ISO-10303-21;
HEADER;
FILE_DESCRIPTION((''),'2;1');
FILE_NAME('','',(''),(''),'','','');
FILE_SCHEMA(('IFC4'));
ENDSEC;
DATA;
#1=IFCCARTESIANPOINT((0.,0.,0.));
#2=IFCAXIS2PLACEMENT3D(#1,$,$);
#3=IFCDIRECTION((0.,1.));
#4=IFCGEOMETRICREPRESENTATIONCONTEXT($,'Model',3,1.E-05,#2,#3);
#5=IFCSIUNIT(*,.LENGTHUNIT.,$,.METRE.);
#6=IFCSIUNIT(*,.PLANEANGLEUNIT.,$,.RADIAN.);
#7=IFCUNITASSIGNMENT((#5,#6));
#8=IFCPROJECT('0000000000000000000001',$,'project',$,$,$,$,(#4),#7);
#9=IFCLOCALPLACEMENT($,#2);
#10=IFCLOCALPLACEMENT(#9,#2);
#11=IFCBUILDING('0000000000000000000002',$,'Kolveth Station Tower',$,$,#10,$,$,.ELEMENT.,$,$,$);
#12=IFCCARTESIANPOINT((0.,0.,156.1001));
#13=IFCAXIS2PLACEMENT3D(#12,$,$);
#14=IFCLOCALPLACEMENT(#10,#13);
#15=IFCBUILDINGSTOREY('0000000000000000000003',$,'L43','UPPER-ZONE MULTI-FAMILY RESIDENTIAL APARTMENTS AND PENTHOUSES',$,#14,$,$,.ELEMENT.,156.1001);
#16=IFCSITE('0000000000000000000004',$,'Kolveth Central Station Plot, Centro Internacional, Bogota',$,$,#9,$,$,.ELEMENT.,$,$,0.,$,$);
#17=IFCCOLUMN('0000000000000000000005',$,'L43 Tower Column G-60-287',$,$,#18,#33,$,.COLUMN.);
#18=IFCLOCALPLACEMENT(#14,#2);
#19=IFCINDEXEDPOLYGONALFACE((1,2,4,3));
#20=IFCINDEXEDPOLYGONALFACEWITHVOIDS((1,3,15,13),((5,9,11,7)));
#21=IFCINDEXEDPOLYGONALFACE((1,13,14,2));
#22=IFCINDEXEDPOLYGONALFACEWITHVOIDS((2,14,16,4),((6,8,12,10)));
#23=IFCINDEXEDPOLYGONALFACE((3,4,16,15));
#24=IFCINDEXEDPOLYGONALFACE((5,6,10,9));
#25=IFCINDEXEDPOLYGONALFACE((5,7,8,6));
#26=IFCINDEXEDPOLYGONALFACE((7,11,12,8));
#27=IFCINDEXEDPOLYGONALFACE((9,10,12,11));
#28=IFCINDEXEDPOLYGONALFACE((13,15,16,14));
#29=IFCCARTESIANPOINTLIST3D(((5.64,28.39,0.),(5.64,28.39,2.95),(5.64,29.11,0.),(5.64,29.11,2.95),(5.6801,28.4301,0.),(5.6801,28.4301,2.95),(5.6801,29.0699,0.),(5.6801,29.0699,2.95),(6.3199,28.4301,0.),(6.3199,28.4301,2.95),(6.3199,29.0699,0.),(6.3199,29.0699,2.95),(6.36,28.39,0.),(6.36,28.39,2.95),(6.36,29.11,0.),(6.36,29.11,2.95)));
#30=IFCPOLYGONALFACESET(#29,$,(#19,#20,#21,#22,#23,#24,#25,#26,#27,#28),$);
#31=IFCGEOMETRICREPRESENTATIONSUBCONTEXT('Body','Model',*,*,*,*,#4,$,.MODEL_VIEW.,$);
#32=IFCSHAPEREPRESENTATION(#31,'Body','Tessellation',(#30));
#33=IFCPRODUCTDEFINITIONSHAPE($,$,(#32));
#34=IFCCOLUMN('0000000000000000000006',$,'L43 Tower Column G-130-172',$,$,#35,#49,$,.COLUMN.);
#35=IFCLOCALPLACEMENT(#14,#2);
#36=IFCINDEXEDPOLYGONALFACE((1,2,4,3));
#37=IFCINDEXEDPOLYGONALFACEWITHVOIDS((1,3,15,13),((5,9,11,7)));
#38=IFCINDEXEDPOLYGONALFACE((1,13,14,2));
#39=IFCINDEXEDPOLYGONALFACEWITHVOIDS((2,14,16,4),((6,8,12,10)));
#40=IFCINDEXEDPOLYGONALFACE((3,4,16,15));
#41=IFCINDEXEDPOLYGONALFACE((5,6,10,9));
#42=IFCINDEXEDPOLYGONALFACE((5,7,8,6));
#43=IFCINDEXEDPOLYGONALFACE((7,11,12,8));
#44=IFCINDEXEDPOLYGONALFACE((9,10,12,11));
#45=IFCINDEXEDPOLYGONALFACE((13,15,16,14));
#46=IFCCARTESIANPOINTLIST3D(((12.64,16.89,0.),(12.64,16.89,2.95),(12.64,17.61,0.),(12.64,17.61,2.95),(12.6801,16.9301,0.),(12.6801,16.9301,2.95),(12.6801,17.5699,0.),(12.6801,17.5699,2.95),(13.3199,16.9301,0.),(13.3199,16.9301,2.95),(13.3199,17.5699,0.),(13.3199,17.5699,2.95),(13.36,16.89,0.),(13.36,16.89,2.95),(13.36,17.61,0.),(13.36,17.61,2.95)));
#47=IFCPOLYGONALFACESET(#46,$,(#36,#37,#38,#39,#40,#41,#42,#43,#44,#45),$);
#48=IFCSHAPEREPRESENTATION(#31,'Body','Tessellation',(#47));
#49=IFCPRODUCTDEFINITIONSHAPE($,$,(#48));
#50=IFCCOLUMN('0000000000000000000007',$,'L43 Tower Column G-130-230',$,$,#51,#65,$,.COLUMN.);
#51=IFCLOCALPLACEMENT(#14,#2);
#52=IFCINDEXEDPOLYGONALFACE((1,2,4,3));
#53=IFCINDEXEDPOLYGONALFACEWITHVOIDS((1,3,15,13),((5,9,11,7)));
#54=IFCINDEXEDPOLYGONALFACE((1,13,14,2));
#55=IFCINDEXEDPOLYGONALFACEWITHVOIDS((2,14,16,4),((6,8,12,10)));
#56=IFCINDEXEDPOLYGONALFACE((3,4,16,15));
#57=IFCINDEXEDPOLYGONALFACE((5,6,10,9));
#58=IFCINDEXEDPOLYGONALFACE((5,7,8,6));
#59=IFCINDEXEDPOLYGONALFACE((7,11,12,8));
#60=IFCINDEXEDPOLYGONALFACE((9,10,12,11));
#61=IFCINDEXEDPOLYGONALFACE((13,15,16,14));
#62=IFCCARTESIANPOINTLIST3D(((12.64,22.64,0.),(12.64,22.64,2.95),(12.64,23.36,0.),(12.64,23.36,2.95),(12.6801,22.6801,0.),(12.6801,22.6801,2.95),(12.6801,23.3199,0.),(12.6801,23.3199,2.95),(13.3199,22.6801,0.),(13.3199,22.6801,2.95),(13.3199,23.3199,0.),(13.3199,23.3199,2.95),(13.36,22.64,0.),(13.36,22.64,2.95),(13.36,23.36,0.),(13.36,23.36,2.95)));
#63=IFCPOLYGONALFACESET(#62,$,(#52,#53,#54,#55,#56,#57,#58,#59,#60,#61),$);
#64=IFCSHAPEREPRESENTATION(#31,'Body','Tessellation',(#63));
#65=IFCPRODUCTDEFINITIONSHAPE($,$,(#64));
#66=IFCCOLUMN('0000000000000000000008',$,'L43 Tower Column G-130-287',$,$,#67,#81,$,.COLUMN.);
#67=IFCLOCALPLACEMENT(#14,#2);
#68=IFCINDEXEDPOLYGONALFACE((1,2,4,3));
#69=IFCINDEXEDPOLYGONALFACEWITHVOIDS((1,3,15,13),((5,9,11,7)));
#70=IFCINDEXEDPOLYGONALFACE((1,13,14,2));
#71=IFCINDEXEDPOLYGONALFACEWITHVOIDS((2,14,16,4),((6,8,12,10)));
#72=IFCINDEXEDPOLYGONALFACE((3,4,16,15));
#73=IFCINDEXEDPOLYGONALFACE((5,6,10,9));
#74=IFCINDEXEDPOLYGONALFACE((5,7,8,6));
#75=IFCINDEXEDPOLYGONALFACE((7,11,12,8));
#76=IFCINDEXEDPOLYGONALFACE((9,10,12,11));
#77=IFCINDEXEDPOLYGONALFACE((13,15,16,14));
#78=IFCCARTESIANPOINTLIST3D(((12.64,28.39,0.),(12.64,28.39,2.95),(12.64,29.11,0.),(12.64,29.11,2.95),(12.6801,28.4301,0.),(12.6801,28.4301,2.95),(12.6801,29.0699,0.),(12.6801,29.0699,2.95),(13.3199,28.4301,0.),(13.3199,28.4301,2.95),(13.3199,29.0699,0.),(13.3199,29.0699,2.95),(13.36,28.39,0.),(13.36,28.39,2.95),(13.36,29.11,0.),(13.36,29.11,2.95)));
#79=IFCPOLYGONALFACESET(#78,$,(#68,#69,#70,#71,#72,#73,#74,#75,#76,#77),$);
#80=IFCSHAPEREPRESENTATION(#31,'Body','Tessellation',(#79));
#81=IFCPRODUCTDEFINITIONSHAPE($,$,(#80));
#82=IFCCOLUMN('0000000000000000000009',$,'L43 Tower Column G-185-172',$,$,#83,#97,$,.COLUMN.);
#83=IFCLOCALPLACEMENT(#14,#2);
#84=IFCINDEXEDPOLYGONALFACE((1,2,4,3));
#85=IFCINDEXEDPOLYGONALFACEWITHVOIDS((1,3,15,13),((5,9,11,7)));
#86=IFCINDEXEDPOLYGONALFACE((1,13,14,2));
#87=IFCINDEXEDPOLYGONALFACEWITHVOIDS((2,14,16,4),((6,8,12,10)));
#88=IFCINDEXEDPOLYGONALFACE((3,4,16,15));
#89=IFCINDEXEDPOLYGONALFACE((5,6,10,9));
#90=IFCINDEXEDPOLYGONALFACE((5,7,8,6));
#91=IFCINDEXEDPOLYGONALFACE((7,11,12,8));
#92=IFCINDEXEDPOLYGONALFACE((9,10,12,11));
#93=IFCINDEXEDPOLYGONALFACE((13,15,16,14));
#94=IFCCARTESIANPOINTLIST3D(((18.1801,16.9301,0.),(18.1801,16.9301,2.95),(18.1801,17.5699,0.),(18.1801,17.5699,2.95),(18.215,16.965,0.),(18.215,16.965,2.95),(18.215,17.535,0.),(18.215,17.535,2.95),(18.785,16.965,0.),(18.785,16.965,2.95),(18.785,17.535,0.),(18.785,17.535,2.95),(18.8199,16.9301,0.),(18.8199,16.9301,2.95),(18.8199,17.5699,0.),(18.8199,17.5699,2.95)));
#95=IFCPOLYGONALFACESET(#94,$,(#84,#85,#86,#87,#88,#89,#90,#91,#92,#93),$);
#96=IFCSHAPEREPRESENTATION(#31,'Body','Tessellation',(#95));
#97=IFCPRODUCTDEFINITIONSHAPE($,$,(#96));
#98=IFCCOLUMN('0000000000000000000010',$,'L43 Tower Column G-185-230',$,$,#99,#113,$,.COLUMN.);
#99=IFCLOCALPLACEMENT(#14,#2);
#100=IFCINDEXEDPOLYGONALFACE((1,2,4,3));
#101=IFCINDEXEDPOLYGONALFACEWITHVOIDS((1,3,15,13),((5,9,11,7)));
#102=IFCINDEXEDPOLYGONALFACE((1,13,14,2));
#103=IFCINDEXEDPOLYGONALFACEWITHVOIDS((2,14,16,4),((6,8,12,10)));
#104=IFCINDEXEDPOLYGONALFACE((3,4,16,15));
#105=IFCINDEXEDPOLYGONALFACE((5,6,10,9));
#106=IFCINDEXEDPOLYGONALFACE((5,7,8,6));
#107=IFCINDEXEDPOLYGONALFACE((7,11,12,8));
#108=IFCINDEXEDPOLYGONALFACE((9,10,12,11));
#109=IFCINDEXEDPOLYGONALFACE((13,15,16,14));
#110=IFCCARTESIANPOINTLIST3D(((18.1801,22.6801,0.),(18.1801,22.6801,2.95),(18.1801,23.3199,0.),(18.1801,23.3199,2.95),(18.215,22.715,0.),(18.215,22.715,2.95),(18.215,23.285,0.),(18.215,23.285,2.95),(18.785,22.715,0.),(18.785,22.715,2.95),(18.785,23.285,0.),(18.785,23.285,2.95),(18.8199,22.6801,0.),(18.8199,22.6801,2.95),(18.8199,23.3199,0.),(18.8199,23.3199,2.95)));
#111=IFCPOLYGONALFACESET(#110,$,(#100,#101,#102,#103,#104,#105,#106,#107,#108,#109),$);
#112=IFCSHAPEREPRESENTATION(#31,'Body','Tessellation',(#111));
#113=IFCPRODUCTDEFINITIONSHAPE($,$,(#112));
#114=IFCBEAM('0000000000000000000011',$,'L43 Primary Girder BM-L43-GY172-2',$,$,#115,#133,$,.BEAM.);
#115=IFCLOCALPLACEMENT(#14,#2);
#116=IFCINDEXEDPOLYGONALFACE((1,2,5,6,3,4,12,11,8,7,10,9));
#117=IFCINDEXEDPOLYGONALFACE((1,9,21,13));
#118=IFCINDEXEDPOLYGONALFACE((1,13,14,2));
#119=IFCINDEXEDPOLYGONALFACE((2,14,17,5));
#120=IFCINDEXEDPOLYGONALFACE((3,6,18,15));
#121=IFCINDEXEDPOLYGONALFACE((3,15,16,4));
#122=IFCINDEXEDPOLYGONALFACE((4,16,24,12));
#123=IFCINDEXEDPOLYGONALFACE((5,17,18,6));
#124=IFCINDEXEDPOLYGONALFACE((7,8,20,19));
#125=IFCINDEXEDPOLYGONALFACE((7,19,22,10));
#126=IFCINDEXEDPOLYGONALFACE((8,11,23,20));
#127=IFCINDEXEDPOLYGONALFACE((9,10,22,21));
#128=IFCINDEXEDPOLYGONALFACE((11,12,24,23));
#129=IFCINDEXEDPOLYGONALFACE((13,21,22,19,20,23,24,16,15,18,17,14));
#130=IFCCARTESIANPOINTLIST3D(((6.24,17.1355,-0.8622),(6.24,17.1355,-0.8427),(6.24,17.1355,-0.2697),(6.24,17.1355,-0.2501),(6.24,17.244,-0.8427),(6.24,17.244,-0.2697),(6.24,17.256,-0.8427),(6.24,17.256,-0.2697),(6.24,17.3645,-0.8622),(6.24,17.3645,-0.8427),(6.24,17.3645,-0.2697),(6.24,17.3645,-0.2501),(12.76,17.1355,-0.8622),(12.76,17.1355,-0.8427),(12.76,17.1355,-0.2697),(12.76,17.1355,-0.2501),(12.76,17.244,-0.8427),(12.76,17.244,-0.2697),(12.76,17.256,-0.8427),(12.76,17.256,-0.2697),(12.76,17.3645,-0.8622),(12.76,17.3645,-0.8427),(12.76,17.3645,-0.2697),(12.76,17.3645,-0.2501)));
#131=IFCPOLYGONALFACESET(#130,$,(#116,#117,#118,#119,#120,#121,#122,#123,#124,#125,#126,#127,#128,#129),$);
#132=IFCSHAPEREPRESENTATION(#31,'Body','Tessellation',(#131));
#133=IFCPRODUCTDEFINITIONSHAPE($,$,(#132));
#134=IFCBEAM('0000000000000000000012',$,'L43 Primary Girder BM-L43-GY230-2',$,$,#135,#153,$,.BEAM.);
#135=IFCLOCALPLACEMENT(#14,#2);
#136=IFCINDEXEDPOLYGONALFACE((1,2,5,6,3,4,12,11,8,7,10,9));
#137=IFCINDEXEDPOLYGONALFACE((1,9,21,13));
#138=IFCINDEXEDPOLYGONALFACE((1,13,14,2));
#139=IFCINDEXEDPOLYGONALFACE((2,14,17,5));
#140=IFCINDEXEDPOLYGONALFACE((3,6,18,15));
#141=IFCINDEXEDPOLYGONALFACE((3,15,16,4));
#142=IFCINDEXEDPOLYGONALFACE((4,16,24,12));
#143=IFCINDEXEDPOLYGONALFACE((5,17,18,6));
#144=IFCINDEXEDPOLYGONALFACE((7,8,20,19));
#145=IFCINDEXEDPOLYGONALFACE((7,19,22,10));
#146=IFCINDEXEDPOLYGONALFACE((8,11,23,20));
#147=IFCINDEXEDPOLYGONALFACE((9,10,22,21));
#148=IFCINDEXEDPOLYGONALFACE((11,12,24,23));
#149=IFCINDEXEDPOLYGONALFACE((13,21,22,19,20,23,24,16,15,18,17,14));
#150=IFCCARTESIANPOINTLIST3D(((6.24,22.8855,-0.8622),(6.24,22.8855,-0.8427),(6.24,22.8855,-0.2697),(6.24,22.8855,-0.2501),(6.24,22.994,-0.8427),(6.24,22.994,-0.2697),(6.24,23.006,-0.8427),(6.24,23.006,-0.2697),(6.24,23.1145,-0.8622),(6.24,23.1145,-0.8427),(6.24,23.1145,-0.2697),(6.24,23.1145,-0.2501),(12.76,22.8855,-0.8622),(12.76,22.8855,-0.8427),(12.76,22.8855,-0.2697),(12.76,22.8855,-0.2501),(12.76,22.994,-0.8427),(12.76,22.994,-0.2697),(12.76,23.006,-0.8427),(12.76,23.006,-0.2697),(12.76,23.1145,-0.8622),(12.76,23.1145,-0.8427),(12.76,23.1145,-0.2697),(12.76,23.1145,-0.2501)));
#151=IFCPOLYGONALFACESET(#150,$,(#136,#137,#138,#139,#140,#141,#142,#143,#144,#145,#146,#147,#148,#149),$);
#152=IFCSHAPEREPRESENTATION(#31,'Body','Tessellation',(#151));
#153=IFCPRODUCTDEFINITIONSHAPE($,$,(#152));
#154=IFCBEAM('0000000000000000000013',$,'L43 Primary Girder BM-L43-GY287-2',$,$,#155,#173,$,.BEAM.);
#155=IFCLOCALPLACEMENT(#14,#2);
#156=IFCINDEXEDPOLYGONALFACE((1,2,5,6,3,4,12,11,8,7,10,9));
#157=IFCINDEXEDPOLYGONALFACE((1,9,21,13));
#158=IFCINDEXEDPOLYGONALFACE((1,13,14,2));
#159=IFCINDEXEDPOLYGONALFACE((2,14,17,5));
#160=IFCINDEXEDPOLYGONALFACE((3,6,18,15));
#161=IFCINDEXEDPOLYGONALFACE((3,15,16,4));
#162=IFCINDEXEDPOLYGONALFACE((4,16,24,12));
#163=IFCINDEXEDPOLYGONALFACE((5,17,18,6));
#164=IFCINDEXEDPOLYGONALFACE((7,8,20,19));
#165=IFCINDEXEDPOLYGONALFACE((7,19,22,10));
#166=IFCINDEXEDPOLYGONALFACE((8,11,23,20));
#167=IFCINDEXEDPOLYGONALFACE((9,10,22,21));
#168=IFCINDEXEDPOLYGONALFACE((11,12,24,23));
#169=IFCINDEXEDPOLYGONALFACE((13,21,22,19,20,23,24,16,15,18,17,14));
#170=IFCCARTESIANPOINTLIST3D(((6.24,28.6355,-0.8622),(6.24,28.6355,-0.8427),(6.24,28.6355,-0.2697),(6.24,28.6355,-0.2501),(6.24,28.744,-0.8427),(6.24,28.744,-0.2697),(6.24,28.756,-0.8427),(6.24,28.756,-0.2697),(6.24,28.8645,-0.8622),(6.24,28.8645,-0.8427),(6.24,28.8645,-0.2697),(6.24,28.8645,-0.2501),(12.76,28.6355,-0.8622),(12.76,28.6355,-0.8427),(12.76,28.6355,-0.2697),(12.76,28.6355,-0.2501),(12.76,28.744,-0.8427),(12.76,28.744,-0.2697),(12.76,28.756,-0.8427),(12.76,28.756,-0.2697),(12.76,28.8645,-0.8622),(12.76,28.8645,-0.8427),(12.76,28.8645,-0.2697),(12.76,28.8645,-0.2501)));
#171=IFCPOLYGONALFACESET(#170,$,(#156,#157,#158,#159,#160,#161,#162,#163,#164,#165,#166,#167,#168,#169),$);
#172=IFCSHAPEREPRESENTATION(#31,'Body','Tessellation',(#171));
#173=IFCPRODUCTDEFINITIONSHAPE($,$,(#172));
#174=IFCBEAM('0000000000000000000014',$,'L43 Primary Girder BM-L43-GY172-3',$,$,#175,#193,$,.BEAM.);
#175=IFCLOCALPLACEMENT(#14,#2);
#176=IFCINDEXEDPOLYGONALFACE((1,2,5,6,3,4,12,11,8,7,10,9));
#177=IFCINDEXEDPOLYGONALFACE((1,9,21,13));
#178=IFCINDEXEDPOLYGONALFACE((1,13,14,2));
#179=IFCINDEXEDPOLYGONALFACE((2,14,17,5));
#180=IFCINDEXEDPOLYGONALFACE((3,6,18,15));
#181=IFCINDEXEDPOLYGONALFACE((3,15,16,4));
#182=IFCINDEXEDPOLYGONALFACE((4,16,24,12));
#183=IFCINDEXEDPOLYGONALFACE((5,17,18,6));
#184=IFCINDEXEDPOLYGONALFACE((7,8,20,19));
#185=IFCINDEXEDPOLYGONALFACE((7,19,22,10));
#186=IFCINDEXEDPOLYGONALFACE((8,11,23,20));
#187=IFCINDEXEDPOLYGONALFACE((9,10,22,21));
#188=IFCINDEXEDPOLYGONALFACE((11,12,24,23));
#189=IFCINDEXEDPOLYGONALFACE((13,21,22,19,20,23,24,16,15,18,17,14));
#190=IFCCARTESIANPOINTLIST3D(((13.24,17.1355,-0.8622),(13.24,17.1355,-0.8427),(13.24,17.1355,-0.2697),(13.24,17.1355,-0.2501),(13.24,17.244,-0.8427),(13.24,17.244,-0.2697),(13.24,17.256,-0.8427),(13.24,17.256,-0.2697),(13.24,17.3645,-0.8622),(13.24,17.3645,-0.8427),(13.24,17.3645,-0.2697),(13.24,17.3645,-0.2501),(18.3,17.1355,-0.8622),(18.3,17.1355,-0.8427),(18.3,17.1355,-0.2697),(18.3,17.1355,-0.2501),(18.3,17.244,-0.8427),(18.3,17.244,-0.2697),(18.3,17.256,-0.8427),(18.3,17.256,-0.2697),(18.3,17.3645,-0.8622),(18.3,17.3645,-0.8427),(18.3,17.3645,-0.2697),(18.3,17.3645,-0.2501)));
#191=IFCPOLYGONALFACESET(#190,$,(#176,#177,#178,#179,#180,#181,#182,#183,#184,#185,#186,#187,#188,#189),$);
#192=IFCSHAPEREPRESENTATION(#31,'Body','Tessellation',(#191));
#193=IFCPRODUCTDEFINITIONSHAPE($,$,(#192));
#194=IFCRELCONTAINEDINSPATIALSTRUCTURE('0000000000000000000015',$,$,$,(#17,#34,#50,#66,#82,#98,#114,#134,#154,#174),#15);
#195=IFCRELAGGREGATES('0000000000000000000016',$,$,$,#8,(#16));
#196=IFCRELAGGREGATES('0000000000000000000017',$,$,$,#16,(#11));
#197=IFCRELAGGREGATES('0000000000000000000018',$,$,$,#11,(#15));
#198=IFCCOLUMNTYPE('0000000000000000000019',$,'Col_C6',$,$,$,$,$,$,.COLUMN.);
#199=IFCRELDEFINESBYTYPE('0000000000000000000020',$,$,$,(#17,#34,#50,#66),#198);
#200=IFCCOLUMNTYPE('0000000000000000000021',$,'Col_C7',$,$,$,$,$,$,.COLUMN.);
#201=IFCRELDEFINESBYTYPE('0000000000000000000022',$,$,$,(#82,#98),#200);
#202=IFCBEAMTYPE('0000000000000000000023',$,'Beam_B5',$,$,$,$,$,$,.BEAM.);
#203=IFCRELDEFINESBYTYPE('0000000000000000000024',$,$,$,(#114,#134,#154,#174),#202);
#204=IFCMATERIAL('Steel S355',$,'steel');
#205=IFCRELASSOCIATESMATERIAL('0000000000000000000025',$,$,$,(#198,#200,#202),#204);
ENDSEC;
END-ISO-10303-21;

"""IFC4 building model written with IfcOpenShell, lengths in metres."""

from ifc_helpers import new_model, si_unit, direction, frame, origin, origin_2d, place, context, subcontext, project, spatial, hollow_rectangle, i_section, extrude, source, transform, mapped, material, material_profile, profile_set, type_object, element, save


model = new_model("IFC4")

# Units and contexts
model_context = context("Model", 3, precision=1e-05, world=origin(), true_north=direction((0.0, 1.0)))
body_context = subcontext(model_context, "Body", "Model", "MODEL_VIEW")
ifc_project = project(units=[si_unit("LENGTHUNIT", "METRE"), si_unit("PLANEANGLEUNIT", "RADIAN")], contexts=[model_context])

# Site, building, storey
site_placement = place(None, origin())
site = spatial("IfcSite", under=ifc_project, at=site_placement, Name="Kolveth Central Station Plot, Centro Internacional, Bogota", CompositionType="ELEMENT", RefElevation=0.0)
building_placement = place(site_placement, origin())
building = spatial("IfcBuilding", under=site, at=building_placement, Name="Kolveth Station Tower", CompositionType="ELEMENT")
storey_placement = place(building_placement, frame((0.0, 0.0, 156.1001)))
storey = spatial("IfcBuildingStorey", under=building, at=storey_placement, Name="L43", Description="UPPER-ZONE MULTI-FAMILY RESIDENTIAL APARTMENTS AND PENTHOUSES", CompositionType="ELEMENT", Elevation=156.1001)

# Columns
ifc_material_1 = material(Name="Steel S355", Category="steel")
ifc_material_profile_1 = material_profile(ifc_material_1, hollow_rectangle(XDim=0.72, YDim=0.72, WallThickness=0.04, at=origin_2d()), Name="BOX720x720x40")
ifc_profile_set_1 = profile_set([ifc_material_profile_1], Name="Steel S355")
column_type_1 = type_object("IfcColumnType", Name="Col_C6", PredefinedType="COLUMN", material=ifc_profile_set_1)
shared_shape_1 = source(origin(), body_context, "Body", "SweptSolid", [
    extrude(hollow_rectangle(XDim=0.72, YDim=0.72, WallThickness=0.04, at=origin_2d()), origin(), (0.0, 0.0, 1.0), 2.95),
])
for number, where, z_axis, x_axis, name in (
    (1, (6.0, 28.75, 0.0), (0.0, 0.0, 1.0), (1.0, 0.0, 0.0), "L43 Tower Column G-60-287"),
    (2, (13.0, 17.25, 0.0), (0.0, 0.0, 1.0), (1.0, 0.0, 0.0), "L43 Tower Column G-130-172"),
    (3, (13.0, 23.0, 0.0), (0.0, 0.0, 1.0), (1.0, 0.0, 0.0), "L43 Tower Column G-130-230"),
    (4, (13.0, 28.75, 0.0), (0.0, 0.0, 1.0), (1.0, 0.0, 0.0), "L43 Tower Column G-130-287"),
):
    element("IfcColumn", number, at=place(storey_placement, frame(where, z_axis=z_axis, x_axis=x_axis)), inside=storey, type_object=column_type_1, Name=name, PredefinedType="COLUMN", context=body_context, shape_type="MappedRepresentation", body=[
        mapped(shared_shape_1, transform((0.0, 0.0, 0.0), x_axis=(1.0, 0.0, 0.0), y_axis=(0.0, 1.0, 0.0), z_axis=(0.0, 0.0, 1.0), scale=1.0)),
    ])
ifc_material_profile_2 = material_profile(ifc_material_1, hollow_rectangle(XDim=0.6399, YDim=0.6399, WallThickness=0.0349, at=origin_2d()), Name="BOX640x640x35")
ifc_profile_set_2 = profile_set([ifc_material_profile_2], Name="Steel S355")
column_type_2 = type_object("IfcColumnType", Name="Col_C7", PredefinedType="COLUMN", material=ifc_profile_set_2)
shared_shape_2 = source(origin(), body_context, "Body", "SweptSolid", [
    extrude(hollow_rectangle(XDim=0.6399, YDim=0.6399, WallThickness=0.0349, at=origin_2d()), origin(), (0.0, 0.0, 1.0), 2.95),
])
for number, where, z_axis, x_axis, name in (
    (5, (18.5, 17.25, 0.0), (0.0, 0.0, 1.0), (1.0, 0.0, 0.0), "L43 Tower Column G-185-172"),
    (6, (18.5, 23.0, 0.0), (0.0, 0.0, 1.0), (1.0, 0.0, 0.0), "L43 Tower Column G-185-230"),
):
    element("IfcColumn", number, at=place(storey_placement, frame(where, z_axis=z_axis, x_axis=x_axis)), inside=storey, type_object=column_type_2, Name=name, PredefinedType="COLUMN", context=body_context, shape_type="MappedRepresentation", body=[
        mapped(shared_shape_2, transform((0.0, 0.0, 0.0), x_axis=(1.0, 0.0, 0.0), y_axis=(0.0, 1.0, 0.0), z_axis=(0.0, 0.0, 1.0), scale=1.0)),
    ])

# Beams
ifc_material_profile_3 = material_profile(ifc_material_1, i_section(OverallWidth=0.229, OverallDepth=0.6121, WebThickness=0.012, FlangeThickness=0.0195, at=origin_2d()), Name="W610x125")
ifc_profile_set_3 = profile_set([ifc_material_profile_3], Name="Steel S355")
beam_type_1 = type_object("IfcBeamType", Name="Beam_B5", PredefinedType="BEAM", material=ifc_profile_set_3)
shared_shape_3 = source(origin(), body_context, "Body", "SweptSolid", [
    extrude(i_section(OverallWidth=0.229, OverallDepth=0.6121, WebThickness=0.012, FlangeThickness=0.0195, at=origin_2d()), origin(), (0.0, 0.0, 1.0), 6.52),
])
for number, where, z_axis, x_axis, name in (
    (7, (6.24, 17.25, -0.5562), (1.0, 0.0, 0.0), (0.0, 1.0, 0.0), "L43 Primary Girder BM-L43-GY172-2"),
    (8, (6.24, 23.0, -0.5562), (1.0, 0.0, 0.0), (0.0, 1.0, 0.0), "L43 Primary Girder BM-L43-GY230-2"),
    (9, (6.24, 28.75, -0.5562), (1.0, 0.0, 0.0), (0.0, 1.0, 0.0), "L43 Primary Girder BM-L43-GY287-2"),
):
    element("IfcBeam", number, at=place(storey_placement, frame(where, z_axis=z_axis, x_axis=x_axis)), inside=storey, type_object=beam_type_1, Name=name, PredefinedType="BEAM", context=body_context, shape_type="MappedRepresentation", body=[
        mapped(shared_shape_3, transform((0.0, 0.0, 0.0), x_axis=(1.0, 0.0, 0.0), y_axis=(0.0, 1.0, 0.0), z_axis=(0.0, 0.0, 1.0), scale=1.0)),
    ])
shared_shape_4 = source(origin(), body_context, "Body", "SweptSolid", [
    extrude(i_section(OverallWidth=0.229, OverallDepth=0.6121, WebThickness=0.012, FlangeThickness=0.0195, at=origin_2d()), origin(), (0.0, 0.0, 1.0), 5.0601),
])
for number, where, z_axis, x_axis, name in (
    (10, (13.24, 17.25, -0.5562), (1.0, 0.0, 0.0), (0.0, 1.0, 0.0), "L43 Primary Girder BM-L43-GY172-3"),
):
    element("IfcBeam", number, at=place(storey_placement, frame(where, z_axis=z_axis, x_axis=x_axis)), inside=storey, type_object=beam_type_1, Name=name, PredefinedType="BEAM", context=body_context, shape_type="MappedRepresentation", body=[
        mapped(shared_shape_4, transform((0.0, 0.0, 0.0), x_axis=(1.0, 0.0, 0.0), y_axis=(0.0, 1.0, 0.0), z_axis=(0.0, 0.0, 1.0), scale=1.0)),
    ])

save(model, "model.ifc")
